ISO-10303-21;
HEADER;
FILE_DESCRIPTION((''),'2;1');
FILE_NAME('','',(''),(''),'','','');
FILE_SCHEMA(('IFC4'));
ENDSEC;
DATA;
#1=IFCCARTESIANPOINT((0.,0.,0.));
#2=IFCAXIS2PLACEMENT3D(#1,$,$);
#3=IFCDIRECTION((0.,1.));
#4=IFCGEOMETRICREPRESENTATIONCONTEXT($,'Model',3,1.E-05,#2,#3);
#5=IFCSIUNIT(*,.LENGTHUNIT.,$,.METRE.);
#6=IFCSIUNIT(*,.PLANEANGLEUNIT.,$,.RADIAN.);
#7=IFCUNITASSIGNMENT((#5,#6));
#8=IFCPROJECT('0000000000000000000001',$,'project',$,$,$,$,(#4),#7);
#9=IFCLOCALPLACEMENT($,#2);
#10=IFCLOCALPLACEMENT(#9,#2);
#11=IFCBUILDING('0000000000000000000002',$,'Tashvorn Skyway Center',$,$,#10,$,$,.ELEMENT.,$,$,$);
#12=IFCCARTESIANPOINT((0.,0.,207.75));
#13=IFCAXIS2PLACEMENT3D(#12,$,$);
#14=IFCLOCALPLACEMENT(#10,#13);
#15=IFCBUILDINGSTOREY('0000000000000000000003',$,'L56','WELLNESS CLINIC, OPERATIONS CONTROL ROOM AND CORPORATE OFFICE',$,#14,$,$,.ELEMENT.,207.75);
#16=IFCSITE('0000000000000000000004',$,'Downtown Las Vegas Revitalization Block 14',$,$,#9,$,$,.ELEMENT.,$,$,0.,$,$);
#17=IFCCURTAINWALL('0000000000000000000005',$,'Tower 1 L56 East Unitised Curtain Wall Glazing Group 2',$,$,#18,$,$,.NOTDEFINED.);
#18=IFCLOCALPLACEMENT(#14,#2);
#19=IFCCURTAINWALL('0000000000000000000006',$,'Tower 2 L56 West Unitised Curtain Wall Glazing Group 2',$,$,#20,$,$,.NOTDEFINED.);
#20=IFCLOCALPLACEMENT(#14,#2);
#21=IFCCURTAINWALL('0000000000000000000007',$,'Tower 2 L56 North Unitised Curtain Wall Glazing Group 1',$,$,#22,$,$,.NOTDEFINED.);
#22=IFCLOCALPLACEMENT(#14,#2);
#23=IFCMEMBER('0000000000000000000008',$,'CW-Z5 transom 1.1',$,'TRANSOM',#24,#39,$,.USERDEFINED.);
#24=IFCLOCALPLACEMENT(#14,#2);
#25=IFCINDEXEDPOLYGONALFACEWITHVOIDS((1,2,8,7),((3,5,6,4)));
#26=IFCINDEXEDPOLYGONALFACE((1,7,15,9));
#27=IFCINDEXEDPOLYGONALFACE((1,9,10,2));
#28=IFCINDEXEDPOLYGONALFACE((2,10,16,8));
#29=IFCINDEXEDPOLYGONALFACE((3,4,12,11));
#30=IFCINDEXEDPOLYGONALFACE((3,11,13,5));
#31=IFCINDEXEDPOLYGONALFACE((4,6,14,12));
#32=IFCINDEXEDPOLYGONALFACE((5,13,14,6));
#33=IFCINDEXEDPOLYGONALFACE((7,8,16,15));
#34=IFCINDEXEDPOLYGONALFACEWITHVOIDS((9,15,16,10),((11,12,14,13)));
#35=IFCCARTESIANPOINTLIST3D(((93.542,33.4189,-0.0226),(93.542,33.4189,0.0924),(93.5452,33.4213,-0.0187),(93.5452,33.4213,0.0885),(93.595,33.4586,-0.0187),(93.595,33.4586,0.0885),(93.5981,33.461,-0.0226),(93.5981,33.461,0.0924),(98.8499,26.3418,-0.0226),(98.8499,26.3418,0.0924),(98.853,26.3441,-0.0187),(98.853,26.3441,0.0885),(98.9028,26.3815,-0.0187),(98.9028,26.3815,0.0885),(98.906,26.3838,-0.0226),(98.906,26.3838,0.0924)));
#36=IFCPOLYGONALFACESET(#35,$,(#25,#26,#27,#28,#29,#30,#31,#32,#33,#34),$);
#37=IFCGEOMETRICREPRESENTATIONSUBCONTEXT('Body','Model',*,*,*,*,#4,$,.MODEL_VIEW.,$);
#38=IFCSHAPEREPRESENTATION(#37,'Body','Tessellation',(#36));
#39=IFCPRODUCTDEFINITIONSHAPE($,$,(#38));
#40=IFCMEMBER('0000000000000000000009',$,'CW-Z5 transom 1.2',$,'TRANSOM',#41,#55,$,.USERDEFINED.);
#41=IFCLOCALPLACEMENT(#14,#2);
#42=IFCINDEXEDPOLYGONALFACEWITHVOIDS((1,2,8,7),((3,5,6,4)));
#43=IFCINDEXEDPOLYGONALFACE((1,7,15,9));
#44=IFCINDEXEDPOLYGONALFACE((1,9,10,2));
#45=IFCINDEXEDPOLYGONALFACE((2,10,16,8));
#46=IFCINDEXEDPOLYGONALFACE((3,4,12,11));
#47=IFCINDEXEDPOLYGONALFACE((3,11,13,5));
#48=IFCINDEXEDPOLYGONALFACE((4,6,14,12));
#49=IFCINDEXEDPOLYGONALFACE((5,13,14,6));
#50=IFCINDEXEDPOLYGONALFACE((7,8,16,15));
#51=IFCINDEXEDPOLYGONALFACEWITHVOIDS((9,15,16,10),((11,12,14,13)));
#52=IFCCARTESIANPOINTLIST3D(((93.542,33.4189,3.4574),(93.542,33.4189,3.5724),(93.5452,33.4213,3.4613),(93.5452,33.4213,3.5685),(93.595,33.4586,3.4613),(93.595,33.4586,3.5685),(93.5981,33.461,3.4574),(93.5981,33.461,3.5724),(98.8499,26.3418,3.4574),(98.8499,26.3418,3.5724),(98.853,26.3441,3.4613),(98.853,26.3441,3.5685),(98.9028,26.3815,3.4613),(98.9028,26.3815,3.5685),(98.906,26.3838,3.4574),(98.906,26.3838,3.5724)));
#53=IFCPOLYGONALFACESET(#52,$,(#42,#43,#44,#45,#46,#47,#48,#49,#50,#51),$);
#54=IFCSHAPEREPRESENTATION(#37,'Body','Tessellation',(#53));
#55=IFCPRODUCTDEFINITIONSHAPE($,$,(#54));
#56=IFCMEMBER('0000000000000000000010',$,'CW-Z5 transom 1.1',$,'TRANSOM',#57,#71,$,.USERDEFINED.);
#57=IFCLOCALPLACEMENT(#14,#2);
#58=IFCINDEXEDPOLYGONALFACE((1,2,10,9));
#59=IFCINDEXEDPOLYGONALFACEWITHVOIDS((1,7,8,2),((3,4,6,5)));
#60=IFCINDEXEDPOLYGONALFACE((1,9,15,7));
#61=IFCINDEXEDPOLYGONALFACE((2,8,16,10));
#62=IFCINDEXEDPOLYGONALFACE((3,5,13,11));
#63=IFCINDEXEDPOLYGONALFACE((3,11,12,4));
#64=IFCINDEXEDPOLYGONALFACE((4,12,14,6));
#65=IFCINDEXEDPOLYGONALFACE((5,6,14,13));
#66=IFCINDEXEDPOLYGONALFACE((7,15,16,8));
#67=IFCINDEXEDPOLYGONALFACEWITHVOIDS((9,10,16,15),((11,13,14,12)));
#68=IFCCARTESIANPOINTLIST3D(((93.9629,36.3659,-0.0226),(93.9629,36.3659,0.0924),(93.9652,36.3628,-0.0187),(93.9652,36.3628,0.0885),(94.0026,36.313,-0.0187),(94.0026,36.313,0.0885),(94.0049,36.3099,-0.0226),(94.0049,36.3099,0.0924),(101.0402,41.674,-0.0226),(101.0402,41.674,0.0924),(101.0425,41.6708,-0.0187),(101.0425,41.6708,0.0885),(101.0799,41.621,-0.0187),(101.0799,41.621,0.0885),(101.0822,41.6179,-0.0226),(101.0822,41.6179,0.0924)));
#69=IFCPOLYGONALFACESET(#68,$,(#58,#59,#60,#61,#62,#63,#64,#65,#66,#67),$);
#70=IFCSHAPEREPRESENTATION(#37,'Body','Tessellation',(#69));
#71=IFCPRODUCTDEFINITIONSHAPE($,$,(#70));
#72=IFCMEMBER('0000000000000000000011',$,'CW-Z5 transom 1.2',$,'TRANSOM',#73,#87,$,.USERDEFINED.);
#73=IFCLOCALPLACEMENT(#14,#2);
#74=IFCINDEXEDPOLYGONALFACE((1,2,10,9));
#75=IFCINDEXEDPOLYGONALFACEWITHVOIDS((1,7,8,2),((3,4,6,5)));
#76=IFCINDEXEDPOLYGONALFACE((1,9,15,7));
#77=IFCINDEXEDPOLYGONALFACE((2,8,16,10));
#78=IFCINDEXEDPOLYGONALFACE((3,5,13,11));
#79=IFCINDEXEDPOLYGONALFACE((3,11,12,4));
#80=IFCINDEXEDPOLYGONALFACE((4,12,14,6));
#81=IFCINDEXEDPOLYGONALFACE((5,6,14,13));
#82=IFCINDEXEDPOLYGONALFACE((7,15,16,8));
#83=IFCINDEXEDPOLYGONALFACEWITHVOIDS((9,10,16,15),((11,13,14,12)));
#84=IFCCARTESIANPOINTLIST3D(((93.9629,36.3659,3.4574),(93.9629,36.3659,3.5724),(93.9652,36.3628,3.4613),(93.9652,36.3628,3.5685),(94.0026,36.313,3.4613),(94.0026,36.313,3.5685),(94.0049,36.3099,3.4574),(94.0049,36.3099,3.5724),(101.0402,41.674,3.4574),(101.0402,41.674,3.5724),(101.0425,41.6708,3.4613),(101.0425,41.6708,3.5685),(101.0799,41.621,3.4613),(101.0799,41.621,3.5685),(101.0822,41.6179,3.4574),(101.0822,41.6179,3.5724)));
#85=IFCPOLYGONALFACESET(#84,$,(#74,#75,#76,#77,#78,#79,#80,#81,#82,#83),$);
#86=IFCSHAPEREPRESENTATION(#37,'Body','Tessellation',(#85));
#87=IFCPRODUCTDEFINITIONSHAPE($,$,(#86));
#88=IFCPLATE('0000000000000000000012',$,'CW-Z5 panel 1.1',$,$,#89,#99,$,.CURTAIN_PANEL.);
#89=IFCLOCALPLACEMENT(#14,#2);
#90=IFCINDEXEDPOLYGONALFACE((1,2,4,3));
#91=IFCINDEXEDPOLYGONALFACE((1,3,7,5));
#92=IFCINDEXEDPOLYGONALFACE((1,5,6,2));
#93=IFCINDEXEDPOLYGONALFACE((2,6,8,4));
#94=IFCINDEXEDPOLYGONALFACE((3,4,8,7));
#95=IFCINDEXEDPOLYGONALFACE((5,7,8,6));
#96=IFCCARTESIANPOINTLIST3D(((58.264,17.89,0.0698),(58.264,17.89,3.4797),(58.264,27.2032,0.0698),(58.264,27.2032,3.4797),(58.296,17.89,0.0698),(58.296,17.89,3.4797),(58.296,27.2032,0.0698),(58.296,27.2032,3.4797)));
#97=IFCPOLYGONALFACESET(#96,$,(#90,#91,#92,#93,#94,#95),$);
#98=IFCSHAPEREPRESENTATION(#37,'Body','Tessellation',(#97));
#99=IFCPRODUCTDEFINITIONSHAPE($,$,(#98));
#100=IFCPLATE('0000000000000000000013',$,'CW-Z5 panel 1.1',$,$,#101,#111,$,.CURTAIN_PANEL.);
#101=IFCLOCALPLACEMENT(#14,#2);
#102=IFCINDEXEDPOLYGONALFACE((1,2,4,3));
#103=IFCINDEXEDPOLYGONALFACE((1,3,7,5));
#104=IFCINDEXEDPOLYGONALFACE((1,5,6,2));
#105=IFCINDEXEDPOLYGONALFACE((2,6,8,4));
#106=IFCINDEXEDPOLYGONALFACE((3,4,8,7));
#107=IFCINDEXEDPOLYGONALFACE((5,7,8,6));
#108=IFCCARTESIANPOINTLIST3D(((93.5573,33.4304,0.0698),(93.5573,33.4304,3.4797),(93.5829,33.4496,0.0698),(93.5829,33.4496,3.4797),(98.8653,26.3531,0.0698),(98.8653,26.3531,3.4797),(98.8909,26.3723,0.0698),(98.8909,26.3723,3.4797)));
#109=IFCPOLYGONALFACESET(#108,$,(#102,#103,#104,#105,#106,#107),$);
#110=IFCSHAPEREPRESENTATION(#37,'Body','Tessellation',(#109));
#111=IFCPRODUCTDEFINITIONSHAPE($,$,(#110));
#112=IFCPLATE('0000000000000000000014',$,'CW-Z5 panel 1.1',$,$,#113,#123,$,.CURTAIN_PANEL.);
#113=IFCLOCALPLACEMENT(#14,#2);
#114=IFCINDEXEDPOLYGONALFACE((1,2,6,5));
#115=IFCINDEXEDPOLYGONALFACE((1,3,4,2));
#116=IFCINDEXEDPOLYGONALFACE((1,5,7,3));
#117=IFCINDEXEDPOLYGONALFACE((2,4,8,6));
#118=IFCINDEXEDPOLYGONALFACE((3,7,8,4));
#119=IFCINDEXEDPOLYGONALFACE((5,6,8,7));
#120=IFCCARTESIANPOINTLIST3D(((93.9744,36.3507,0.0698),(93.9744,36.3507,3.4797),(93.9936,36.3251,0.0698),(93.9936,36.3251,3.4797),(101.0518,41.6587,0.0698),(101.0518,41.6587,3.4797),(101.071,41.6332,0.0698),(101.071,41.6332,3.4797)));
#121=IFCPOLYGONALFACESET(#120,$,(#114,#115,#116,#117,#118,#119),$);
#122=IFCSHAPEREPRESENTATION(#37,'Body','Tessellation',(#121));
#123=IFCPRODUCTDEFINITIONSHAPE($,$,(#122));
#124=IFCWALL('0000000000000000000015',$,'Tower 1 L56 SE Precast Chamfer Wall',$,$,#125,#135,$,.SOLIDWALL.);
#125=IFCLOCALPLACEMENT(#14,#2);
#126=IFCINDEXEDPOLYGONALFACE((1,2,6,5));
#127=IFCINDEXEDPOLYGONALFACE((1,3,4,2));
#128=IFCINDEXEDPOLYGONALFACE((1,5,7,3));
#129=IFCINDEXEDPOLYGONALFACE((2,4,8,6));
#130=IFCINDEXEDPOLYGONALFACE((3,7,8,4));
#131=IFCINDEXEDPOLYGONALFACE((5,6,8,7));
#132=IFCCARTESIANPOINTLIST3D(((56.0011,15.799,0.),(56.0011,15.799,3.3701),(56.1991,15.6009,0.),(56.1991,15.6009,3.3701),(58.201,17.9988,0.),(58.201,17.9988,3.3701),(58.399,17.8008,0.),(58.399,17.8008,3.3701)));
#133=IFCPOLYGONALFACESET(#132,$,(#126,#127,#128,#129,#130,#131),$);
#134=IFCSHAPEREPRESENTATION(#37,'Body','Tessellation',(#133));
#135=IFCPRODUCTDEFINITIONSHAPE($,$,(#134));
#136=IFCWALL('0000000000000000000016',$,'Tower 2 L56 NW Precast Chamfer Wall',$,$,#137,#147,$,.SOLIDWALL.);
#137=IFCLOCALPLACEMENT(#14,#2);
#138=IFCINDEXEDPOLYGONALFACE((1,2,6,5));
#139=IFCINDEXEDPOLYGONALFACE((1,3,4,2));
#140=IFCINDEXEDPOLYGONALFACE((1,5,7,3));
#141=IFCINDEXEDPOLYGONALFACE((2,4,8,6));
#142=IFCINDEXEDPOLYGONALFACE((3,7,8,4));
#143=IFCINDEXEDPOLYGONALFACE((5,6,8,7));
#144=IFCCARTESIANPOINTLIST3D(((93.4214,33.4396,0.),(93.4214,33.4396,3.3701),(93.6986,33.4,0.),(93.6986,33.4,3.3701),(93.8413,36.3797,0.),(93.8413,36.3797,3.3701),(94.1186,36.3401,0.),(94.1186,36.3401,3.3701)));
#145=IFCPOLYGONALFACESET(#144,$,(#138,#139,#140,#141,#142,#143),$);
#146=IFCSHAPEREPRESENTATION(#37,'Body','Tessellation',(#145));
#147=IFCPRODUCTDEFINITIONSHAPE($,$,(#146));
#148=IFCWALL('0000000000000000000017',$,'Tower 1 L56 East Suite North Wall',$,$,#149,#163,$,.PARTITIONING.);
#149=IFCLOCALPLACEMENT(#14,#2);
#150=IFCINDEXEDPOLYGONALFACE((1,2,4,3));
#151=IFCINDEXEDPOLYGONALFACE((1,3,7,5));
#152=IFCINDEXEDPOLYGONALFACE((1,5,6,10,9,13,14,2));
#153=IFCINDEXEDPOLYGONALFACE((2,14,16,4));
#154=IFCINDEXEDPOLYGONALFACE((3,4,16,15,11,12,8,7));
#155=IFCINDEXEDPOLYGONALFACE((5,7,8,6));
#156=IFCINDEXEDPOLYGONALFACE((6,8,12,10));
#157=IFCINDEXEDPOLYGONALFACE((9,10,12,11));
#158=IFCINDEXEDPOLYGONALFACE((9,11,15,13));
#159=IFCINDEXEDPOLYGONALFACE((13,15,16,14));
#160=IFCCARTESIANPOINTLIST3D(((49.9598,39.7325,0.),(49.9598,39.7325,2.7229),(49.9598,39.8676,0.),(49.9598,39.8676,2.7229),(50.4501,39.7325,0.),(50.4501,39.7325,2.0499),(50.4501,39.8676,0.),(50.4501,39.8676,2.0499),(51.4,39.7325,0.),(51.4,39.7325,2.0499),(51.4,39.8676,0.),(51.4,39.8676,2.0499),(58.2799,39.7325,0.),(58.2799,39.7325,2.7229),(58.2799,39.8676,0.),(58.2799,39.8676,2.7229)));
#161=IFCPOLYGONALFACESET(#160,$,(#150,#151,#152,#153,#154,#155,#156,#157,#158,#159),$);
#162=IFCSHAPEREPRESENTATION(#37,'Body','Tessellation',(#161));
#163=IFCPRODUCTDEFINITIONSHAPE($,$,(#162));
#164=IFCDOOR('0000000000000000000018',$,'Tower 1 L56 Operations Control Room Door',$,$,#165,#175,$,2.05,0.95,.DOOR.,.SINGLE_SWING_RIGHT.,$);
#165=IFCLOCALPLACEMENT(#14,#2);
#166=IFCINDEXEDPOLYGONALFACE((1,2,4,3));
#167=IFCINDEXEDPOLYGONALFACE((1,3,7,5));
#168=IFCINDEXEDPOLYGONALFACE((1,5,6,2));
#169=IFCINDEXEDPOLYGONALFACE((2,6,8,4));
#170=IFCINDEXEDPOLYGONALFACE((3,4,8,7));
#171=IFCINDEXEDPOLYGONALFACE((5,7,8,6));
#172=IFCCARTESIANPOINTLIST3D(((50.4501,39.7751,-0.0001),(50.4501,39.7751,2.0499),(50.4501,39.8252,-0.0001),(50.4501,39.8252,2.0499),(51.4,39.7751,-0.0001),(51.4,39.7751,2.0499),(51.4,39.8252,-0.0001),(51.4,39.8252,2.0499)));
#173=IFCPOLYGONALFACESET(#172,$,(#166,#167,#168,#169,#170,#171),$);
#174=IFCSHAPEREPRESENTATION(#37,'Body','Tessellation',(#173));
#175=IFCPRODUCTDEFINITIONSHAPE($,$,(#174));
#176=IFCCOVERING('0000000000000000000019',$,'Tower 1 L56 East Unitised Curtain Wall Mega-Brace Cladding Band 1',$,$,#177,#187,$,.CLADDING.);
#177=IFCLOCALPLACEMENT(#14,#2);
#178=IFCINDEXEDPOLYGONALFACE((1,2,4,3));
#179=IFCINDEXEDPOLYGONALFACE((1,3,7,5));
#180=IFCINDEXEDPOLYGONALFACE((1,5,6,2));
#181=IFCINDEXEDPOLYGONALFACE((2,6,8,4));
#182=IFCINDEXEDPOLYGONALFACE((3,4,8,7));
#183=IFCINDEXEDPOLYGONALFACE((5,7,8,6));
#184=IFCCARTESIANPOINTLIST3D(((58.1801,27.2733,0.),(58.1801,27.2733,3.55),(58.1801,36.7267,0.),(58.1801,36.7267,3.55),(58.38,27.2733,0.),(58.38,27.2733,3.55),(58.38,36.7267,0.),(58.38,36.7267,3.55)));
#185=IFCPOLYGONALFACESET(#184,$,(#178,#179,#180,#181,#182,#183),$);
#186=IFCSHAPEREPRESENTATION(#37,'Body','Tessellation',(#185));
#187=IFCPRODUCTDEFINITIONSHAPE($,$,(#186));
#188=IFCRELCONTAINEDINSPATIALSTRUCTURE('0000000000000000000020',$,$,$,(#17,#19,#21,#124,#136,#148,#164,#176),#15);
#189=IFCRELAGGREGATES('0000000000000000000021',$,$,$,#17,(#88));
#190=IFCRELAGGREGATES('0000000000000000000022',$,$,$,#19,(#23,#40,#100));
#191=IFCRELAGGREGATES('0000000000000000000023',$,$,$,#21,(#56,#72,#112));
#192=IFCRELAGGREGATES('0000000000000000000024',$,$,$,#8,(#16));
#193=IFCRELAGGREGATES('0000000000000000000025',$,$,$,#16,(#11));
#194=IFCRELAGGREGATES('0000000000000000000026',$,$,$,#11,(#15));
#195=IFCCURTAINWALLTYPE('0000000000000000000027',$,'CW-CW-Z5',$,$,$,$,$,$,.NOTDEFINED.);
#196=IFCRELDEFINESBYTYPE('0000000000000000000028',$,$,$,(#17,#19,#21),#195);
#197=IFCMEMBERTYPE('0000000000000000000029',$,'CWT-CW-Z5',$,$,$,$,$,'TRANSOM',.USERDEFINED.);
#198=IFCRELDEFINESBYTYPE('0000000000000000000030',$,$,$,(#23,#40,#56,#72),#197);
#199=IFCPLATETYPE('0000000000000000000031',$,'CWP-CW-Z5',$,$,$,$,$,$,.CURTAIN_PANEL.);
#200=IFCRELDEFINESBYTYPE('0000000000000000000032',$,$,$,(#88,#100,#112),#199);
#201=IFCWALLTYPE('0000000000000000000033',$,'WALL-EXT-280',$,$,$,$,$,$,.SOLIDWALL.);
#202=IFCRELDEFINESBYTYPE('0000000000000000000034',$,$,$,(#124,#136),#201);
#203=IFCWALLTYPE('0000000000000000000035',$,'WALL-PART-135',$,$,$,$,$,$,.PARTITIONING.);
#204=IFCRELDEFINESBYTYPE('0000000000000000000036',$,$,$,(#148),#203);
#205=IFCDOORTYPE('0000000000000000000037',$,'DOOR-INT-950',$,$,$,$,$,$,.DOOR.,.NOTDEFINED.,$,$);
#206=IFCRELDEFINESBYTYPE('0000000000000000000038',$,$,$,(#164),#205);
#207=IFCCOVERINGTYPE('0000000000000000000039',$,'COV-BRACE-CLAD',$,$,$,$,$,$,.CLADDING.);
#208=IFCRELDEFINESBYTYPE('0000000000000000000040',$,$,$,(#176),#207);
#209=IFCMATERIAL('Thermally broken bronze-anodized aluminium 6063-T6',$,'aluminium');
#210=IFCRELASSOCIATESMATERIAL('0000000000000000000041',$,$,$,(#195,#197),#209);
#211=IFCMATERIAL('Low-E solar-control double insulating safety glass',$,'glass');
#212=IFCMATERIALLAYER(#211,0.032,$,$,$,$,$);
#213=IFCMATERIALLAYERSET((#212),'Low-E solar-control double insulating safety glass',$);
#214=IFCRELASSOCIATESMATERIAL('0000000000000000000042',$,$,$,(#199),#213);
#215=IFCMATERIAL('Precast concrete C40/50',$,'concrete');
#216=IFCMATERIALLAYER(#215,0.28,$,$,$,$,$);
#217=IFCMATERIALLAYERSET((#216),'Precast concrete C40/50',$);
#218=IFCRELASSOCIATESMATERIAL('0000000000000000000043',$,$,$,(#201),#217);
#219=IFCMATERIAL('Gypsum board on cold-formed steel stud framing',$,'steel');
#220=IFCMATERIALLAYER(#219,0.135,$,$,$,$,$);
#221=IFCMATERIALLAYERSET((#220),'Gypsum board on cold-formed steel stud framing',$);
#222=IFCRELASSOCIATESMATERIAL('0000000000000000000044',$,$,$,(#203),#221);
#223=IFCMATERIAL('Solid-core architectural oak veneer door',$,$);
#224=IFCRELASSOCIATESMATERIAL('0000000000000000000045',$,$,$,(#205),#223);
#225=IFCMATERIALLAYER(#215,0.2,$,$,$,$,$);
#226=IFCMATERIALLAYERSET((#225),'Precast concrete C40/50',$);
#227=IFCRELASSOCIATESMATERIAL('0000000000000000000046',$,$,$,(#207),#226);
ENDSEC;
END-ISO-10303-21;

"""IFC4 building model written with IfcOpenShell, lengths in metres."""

from ifc_helpers import new_model, si_unit, direction, frame, frame_2d, origin, origin_2d, place, context, subcontext, project, spatial, rectangle, hollow_rectangle, extrude, material, layer, layer_set, material_profile, profile_set, type_object, element, fill, aggregate, save


model = new_model("IFC4")

# Units and contexts
model_context = context("Model", 3, precision=1e-05, world=origin(), true_north=direction((0.0, 1.0)))
body_context = subcontext(model_context, "Body", "Model", "MODEL_VIEW")
ifc_project = project(units=[si_unit("LENGTHUNIT", "METRE"), si_unit("PLANEANGLEUNIT", "RADIAN")], contexts=[model_context])

# Site, building, storey
site_placement = place(None, origin())
site = spatial("IfcSite", under=ifc_project, at=site_placement, Name="Downtown Las Vegas Revitalization Block 14", CompositionType="ELEMENT", RefElevation=0.0)
building_placement = place(site_placement, origin())
building = spatial("IfcBuilding", under=site, at=building_placement, Name="Tashvorn Skyway Center", CompositionType="ELEMENT")
storey_placement = place(building_placement, frame((0.0, 0.0, 207.75)))
storey = spatial("IfcBuildingStorey", under=building, at=storey_placement, Name="L56", Description="WELLNESS CLINIC, OPERATIONS CONTROL ROOM AND CORPORATE OFFICE", CompositionType="ELEMENT", Elevation=207.75)

# Curtain walls
ifc_material_1 = material(Name="Thermally broken bronze-anodized aluminium 6063-T6", Category="aluminium")
curtain_wall_type = type_object("IfcCurtainWallType", Name="CW-CW-Z5", PredefinedType="NOTDEFINED", material=ifc_material_1)
curtain_wall_1_placement = place(storey_placement, origin())
curtain_wall_1 = element("IfcCurtainWall", 1, at=curtain_wall_1_placement, inside=storey, type_object=curtain_wall_type, Name="Tower 1 L56 East Unitised Curtain Wall Glazing Group 2", PredefinedType="NOTDEFINED")
curtain_wall_2_placement = place(storey_placement, origin())
curtain_wall_2 = element("IfcCurtainWall", 2, at=curtain_wall_2_placement, inside=storey, type_object=curtain_wall_type, Name="Tower 2 L56 West Unitised Curtain Wall Glazing Group 2", PredefinedType="NOTDEFINED")
curtain_wall_3_placement = place(storey_placement, origin())
curtain_wall_3 = element("IfcCurtainWall", 3, at=curtain_wall_3_placement, inside=storey, type_object=curtain_wall_type, Name="Tower 2 L56 North Unitised Curtain Wall Glazing Group 1", PredefinedType="NOTDEFINED")

# Members
ifc_material_profile_1 = material_profile(ifc_material_1, hollow_rectangle(XDim=0.0701, YDim=0.115, WallThickness=0.0039, at=origin_2d()), Name="ALU-TRAN-70x115")
ifc_profile_set_1 = profile_set([ifc_material_profile_1], Name="Thermally broken bronze-anodized aluminium 6063-T6")
member_type_1 = type_object("IfcMemberType", Name="CWT-CW-Z5", ElementType="TRANSOM", PredefinedType="USERDEFINED", material=ifc_profile_set_1)
member_1_placement = place(storey_placement, frame((98.8779, 26.3628, 0.0349), z_axis=(-0.6, 0.8, 0.0), x_axis=(-0.8, -0.6, 0.0)))
member_1 = element("IfcMember", 4, at=member_1_placement, type_object=member_type_1, Name="CW-Z5 transom 1.1", ObjectType="TRANSOM", PredefinedType="USERDEFINED", context=body_context, shape_type="SweptSolid", body=[
    extrude(hollow_rectangle(XDim=0.0701, YDim=0.115, WallThickness=0.0039, at=origin_2d()), origin(), (0.0, 0.0, 1.0), 8.8464),
])
member_2_placement = place(storey_placement, frame((98.8779, 26.3628, 3.5149), z_axis=(-0.6, 0.8, 0.0), x_axis=(-0.8, -0.6, 0.0)))
member_2 = element("IfcMember", 5, at=member_2_placement, type_object=member_type_1, Name="CW-Z5 transom 1.2", ObjectType="TRANSOM", PredefinedType="USERDEFINED", context=body_context, shape_type="SweptSolid", body=[
    extrude(hollow_rectangle(XDim=0.0701, YDim=0.115, WallThickness=0.0039, at=origin_2d()), origin(), (0.0, 0.0, 1.0), 8.8464),
])
member_3_placement = place(storey_placement, frame((93.9839, 36.3379, 0.0349), z_axis=(0.799997, 0.600004, 0.0), x_axis=(-0.600004, 0.799997, 0.0)))
member_3 = element("IfcMember", 6, at=member_3_placement, type_object=member_type_1, Name="CW-Z5 transom 1.1", ObjectType="TRANSOM", PredefinedType="USERDEFINED", context=body_context, shape_type="SweptSolid", body=[
    extrude(hollow_rectangle(XDim=0.0701, YDim=0.115, WallThickness=0.0039, at=origin_2d()), origin(), (0.0, 0.0, 1.0), 8.8467),
])
member_4_placement = place(storey_placement, frame((93.9839, 36.3379, 3.5149), z_axis=(0.799997, 0.600004, 0.0), x_axis=(-0.600004, 0.799997, 0.0)))
member_4 = element("IfcMember", 7, at=member_4_placement, type_object=member_type_1, Name="CW-Z5 transom 1.2", ObjectType="TRANSOM", PredefinedType="USERDEFINED", context=body_context, shape_type="SweptSolid", body=[
    extrude(hollow_rectangle(XDim=0.0701, YDim=0.115, WallThickness=0.0039, at=origin_2d()), origin(), (0.0, 0.0, 1.0), 8.8467),
])

# Plates
ifc_material_2 = material(Name="Low-E solar-control double insulating safety glass", Category="glass")
ifc_layer_1 = layer(ifc_material_2, 0.032)
ifc_layer_set_1 = layer_set([ifc_layer_1], Name="Low-E solar-control double insulating safety glass")
plate_type = type_object("IfcPlateType", Name="CWP-CW-Z5", PredefinedType="CURTAIN_PANEL", material=ifc_layer_set_1)
plate_1_placement = place(storey_placement, frame((58.28, 22.5466, 0.0698), z_axis=(0.0, 0.0, 1.0), x_axis=(0.0, -1.0, 0.0)))
plate_1 = element("IfcPlate", 8, at=plate_1_placement, type_object=plate_type, Name="CW-Z5 panel 1.1", PredefinedType="CURTAIN_PANEL", context=body_context, shape_type="SweptSolid", body=[
    extrude(rectangle(XDim=9.3132, YDim=0.032, at=origin_2d()), origin(), (0.0, 0.0, 1.0), 3.4099),
])
aggregate(curtain_wall_1, [plate_1])
plate_2_placement = place(storey_placement, frame((96.2241, 29.9014, 0.0698), z_axis=(0.0, 0.0, 1.0), x_axis=(-0.600002, 0.799999, 0.0)))
plate_2 = element("IfcPlate", 9, at=plate_2_placement, type_object=plate_type, Name="CW-Z5 panel 1.1", PredefinedType="CURTAIN_PANEL", context=body_context, shape_type="SweptSolid", body=[
    extrude(rectangle(XDim=8.8467, YDim=0.032, at=origin_2d()), origin(), (0.0, 0.0, 1.0), 3.4099),
])
aggregate(curtain_wall_2, [member_1, member_2, plate_2])
plate_3_placement = place(storey_placement, frame((97.5227, 38.9919, 0.0698), z_axis=(0.0, 0.0, 1.0), x_axis=(0.799999, 0.600002, 0.0)))
plate_3 = element("IfcPlate", 10, at=plate_3_placement, type_object=plate_type, Name="CW-Z5 panel 1.1", PredefinedType="CURTAIN_PANEL", context=body_context, shape_type="SweptSolid", body=[
    extrude(rectangle(XDim=8.8467, YDim=0.032, at=origin_2d()), origin(), (0.0, 0.0, 1.0), 3.4099),
])
aggregate(curtain_wall_3, [member_3, member_4, plate_3])

# Walls
ifc_material_3 = material(Name="Precast concrete C40/50", Category="concrete")
ifc_layer_2 = layer(ifc_material_3, 0.28)
ifc_layer_set_2 = layer_set([ifc_layer_2], Name="Precast concrete C40/50")
wall_type_1 = type_object("IfcWallType", Name="WALL-EXT-280", PredefinedType="SOLIDWALL", material=ifc_layer_set_2)
wall_1_placement = place(storey_placement, frame((58.3, 17.8999, 0.0), z_axis=(0.0, 0.0, 1.0), x_axis=(-0.707107, -0.707107, 0.0)))
element("IfcWall", 11, at=wall_1_placement, inside=storey, type_object=wall_type_1, Name="Tower 1 L56 SE Precast Chamfer Wall", PredefinedType="SOLIDWALL", context=body_context, shape_type="SweptSolid", body=[
    extrude(rectangle(XDim=3.1111, YDim=0.28, at=frame_2d((1.5557, 0.0))), origin(), (0.0, 0.0, 1.0), 3.3701),
])
wall_2_placement = place(storey_placement, frame((93.5601, 33.4199, 0.0), z_axis=(0.0, 0.0, 1.0), x_axis=(0.141387, 0.989954, 0.0)))
element("IfcWall", 12, at=wall_2_placement, inside=storey, type_object=wall_type_1, Name="Tower 2 L56 NW Precast Chamfer Wall", PredefinedType="SOLIDWALL", context=body_context, shape_type="SweptSolid", body=[
    extrude(rectangle(XDim=2.97, YDim=0.28, at=frame_2d((1.4849, 0.0))), origin(), (0.0, 0.0, 1.0), 3.3701),
])

# Wall, opening, door
ifc_material_4 = material(Name="Gypsum board on cold-formed steel stud framing", Category="steel")
ifc_layer_3 = layer(ifc_material_4, 0.135)
ifc_layer_set_3 = layer_set([ifc_layer_3], Name="Gypsum board on cold-formed steel stud framing")
wall_type_2 = type_object("IfcWallType", Name="WALL-PART-135", PredefinedType="PARTITIONING", material=ifc_layer_set_3)
wall_3_placement = place(storey_placement, frame((58.28, 39.8, 0.0), z_axis=(0.0, 0.0, 1.0), x_axis=(-1.0, 0.0, 0.0)))
wall_3 = element("IfcWall", 13, at=wall_3_placement, inside=storey, type_object=wall_type_2, Name="Tower 1 L56 East Suite North Wall", PredefinedType="PARTITIONING", context=body_context, shape_type="SweptSolid", body=[
    extrude(rectangle(XDim=8.3201, YDim=0.135, at=frame_2d((4.1602, 0.0))), origin(), (0.0, 0.0, 1.0), 2.7229),
])
opening_placement = place(wall_3_placement, frame((6.8799, 0.0, 0.0)))
opening = element("IfcOpeningElement", 14, at=opening_placement, cuts=wall_3, PredefinedType="OPENING", context=body_context, shape_type="SweptSolid", body=[
    extrude(rectangle(XDim=0.95, YDim=2.05, at=frame_2d((0.4751, 1.0249))), frame((0.0, 0.0774, 0.0), z_axis=(0.0, -1.0, 0.0), x_axis=(1.0, 0.0, 0.0)), (0.0, 0.0, 1.0), 0.155),
])
ifc_material_5 = material(Name="Solid-core architectural oak veneer door")
door_type = type_object("IfcDoorType", Name="DOOR-INT-950", OperationType="NOTDEFINED", PredefinedType="DOOR", material=ifc_material_5)
door_placement = place(opening_placement, origin())
door = element("IfcDoor", 15, at=door_placement, inside=storey, type_object=door_type, Name="Tower 1 L56 Operations Control Room Door", OperationType="SINGLE_SWING_RIGHT", OverallHeight=2.05, OverallWidth=0.95, PredefinedType="DOOR", context=body_context, shape_type="SweptSolid", body=[
    extrude(rectangle(XDim=0.95, YDim=2.05, at=frame_2d((0.4751, 1.0249))), frame((0.0, 0.0249, 0.0), z_axis=(0.0, -1.0, 0.0), x_axis=(1.0, 0.0, 0.0)), (0.0, 0.0, 1.0), 0.05),
])
fill(opening, door)

# Covering
ifc_layer_4 = layer(ifc_material_3, 0.2)
ifc_layer_set_4 = layer_set([ifc_layer_4], Name="Precast concrete C40/50")
covering_type_1 = type_object("IfcCoveringType", Name="COV-BRACE-CLAD", PredefinedType="CLADDING", material=ifc_layer_set_4)
covering_1_placement = place(storey_placement, frame((58.28, 32.0, 0.0), z_axis=(0.0, 0.0, 1.0), x_axis=(0.0, -1.0, 0.0)))
element("IfcCovering", 16, at=covering_1_placement, inside=storey, type_object=covering_type_1, Name="Tower 1 L56 East Unitised Curtain Wall Mega-Brace Cladding Band 1", PredefinedType="CLADDING", context=body_context, shape_type="SweptSolid", body=[
    extrude(rectangle(XDim=9.4534, YDim=0.2, at=origin_2d()), origin(), (0.0, 0.0, 1.0), 3.55),
])

save(model, "model.ifc")
